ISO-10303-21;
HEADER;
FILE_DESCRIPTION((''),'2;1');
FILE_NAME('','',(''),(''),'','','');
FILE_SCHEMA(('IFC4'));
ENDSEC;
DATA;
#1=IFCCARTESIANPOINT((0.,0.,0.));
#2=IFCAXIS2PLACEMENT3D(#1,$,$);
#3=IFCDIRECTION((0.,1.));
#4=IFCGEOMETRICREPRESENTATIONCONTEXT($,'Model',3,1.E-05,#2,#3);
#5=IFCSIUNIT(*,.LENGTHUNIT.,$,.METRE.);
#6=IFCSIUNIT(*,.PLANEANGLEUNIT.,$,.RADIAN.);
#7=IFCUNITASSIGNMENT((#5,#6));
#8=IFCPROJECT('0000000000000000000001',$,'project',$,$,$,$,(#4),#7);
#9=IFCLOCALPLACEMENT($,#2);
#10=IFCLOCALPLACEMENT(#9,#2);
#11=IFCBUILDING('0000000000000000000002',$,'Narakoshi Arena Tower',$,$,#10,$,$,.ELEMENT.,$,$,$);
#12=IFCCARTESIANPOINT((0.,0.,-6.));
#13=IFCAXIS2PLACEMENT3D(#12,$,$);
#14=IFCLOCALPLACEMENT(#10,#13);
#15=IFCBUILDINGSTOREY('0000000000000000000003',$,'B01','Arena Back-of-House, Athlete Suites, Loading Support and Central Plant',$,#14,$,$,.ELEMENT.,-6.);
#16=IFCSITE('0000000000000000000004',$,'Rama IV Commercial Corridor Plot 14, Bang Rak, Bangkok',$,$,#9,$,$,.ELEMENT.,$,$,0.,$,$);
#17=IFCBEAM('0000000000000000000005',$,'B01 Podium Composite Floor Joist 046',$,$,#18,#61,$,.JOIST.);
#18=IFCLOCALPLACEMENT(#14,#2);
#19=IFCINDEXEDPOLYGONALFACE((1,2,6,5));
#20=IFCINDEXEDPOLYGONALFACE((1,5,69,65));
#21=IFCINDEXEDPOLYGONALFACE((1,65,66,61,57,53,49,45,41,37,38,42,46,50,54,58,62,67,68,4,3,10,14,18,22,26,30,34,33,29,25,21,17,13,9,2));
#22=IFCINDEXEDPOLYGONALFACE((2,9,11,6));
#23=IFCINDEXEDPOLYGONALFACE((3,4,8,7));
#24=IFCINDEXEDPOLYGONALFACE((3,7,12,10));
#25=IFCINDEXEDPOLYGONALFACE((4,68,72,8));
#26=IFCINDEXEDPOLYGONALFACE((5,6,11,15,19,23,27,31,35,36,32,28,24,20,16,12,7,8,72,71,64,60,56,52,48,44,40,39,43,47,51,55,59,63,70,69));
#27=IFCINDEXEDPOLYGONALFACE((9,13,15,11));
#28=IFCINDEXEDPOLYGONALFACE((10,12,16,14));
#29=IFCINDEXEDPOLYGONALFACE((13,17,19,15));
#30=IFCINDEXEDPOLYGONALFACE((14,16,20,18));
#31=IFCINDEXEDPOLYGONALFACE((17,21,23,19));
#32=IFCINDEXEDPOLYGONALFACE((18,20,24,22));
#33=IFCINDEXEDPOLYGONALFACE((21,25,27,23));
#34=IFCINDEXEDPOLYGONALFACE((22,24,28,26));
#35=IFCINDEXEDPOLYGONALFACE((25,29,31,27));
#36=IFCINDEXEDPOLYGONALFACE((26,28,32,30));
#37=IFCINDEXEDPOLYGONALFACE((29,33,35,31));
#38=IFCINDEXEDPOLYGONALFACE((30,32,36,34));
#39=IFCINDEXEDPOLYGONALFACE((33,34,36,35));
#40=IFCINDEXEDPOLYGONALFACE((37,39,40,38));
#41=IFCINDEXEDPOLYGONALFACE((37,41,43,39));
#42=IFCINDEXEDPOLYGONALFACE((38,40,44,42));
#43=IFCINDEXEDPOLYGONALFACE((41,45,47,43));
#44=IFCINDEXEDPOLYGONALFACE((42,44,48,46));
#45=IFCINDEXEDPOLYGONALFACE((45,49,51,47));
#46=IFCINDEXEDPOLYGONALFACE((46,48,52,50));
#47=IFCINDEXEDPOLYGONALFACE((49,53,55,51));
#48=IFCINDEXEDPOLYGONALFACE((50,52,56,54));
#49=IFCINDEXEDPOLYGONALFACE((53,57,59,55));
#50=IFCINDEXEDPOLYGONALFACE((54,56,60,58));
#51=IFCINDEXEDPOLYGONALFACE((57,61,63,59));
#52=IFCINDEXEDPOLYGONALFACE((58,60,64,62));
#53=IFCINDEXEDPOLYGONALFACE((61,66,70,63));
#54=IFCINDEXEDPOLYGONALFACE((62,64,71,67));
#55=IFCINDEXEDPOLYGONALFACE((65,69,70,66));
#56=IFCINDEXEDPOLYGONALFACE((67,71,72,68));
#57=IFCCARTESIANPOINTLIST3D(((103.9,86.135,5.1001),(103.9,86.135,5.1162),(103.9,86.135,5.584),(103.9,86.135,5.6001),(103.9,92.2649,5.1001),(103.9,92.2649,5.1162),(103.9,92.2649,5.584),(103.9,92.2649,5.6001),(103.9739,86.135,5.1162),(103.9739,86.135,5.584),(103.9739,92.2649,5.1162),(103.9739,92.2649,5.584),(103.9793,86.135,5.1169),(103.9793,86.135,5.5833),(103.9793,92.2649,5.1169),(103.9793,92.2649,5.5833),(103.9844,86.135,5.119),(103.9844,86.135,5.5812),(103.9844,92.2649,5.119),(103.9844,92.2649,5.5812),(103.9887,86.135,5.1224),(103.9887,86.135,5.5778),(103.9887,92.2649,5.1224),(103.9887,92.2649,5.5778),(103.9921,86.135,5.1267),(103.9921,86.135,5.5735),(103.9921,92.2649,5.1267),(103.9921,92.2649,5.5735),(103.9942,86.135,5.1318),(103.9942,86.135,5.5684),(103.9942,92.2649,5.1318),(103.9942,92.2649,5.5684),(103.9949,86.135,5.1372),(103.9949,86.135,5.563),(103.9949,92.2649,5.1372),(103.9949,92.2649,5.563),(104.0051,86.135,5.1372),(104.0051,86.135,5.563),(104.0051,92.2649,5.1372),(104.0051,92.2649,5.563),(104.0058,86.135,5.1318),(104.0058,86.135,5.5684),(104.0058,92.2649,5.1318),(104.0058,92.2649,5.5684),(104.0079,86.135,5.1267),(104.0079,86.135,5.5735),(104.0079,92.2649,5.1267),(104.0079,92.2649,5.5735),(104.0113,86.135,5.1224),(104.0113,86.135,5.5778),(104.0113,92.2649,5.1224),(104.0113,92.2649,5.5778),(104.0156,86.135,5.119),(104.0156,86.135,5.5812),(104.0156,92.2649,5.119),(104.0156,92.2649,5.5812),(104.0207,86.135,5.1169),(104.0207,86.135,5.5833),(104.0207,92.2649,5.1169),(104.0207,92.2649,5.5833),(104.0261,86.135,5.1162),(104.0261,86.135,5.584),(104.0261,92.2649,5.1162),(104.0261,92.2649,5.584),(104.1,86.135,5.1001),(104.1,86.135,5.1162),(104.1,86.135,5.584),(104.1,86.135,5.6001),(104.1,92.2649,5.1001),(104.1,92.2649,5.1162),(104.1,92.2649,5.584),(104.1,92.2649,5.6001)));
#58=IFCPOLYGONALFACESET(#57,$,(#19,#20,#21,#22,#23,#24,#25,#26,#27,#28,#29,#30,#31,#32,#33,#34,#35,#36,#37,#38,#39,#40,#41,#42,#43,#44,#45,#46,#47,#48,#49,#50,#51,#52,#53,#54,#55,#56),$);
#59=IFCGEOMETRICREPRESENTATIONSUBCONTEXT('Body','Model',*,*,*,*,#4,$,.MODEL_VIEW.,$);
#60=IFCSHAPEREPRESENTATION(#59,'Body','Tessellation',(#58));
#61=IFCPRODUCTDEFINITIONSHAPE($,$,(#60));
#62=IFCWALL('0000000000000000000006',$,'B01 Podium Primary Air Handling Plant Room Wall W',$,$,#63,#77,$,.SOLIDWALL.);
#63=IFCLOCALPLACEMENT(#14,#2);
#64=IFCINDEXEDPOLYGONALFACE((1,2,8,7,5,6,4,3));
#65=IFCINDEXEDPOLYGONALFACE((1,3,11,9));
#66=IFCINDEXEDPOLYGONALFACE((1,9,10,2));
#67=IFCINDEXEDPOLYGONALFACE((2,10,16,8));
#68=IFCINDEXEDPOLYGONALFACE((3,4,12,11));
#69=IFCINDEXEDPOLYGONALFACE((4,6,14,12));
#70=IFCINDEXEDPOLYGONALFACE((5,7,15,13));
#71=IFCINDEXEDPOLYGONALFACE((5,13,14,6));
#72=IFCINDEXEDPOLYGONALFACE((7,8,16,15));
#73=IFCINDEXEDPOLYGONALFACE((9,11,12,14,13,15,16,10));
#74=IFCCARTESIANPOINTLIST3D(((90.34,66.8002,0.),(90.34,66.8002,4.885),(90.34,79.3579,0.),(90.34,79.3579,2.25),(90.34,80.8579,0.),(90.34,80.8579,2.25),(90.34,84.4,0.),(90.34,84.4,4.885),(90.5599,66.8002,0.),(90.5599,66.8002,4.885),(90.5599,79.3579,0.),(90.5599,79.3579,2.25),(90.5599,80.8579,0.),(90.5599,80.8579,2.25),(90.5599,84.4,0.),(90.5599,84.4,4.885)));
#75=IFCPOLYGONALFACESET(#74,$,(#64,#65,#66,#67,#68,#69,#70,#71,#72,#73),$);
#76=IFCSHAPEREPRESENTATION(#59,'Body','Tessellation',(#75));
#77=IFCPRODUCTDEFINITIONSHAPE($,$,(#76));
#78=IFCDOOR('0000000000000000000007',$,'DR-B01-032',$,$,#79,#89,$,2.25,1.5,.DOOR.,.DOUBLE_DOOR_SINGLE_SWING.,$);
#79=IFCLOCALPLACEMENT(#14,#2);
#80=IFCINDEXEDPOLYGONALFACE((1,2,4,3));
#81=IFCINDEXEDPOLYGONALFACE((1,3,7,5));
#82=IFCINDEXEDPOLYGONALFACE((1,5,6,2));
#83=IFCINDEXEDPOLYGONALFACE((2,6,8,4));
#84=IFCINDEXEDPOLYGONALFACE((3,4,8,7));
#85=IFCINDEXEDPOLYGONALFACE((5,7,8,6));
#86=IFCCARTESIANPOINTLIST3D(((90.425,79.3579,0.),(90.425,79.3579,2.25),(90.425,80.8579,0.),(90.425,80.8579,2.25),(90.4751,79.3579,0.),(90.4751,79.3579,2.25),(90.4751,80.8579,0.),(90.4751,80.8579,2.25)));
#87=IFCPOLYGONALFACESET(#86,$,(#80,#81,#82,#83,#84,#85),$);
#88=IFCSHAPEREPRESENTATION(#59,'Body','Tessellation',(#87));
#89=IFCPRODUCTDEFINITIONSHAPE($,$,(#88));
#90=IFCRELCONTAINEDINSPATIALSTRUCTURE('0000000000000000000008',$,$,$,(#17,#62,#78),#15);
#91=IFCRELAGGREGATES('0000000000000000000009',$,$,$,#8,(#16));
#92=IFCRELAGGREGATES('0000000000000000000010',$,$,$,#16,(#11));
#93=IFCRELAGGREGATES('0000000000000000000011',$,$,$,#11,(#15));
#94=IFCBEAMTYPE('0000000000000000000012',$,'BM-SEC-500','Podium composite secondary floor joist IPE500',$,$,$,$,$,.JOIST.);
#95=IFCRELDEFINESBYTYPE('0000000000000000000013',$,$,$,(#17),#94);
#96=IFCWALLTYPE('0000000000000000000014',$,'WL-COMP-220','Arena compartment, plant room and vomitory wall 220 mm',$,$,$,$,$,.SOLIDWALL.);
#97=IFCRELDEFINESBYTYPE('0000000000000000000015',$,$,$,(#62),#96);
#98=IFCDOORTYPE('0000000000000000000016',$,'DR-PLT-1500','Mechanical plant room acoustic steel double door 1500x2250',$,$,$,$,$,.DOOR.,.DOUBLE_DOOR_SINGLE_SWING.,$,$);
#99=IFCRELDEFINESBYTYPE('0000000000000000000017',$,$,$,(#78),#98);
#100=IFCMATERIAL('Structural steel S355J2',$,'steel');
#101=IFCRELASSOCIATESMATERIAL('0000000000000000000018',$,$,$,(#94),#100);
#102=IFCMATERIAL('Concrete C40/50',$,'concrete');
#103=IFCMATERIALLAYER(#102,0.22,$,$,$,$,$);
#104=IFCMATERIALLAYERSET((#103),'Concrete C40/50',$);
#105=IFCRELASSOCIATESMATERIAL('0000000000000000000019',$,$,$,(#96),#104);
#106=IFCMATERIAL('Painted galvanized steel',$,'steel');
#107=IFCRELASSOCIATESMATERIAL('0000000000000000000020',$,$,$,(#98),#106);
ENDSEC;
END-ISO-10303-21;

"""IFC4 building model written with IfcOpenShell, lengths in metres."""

from ifc_helpers import new_model, si_unit, direction, frame, frame_2d, origin, origin_2d, place, context, subcontext, project, spatial, rectangle, i_section, extrude, material, layer, layer_set, material_profile, profile_set, type_object, element, fill, save


model = new_model("IFC4")

# Units and contexts
model_context = context("Model", 3, precision=1e-05, world=origin(), true_north=direction((0.0, 1.0)))
body_context = subcontext(model_context, "Body", "Model", "MODEL_VIEW")
ifc_project = project(units=[si_unit("LENGTHUNIT", "METRE"), si_unit("PLANEANGLEUNIT", "RADIAN")], contexts=[model_context])

# Site, building, storey
site_placement = place(None, origin())
site = spatial("IfcSite", under=ifc_project, at=site_placement, Name="Rama IV Commercial Corridor Plot 14, Bang Rak, Bangkok", CompositionType="ELEMENT", RefElevation=0.0)
building_placement = place(site_placement, origin())
building = spatial("IfcBuilding", under=site, at=building_placement, Name="Narakoshi Arena Tower", CompositionType="ELEMENT")
storey_placement = place(building_placement, frame((0.0, 0.0, -6.0)))
storey = spatial("IfcBuildingStorey", under=building, at=storey_placement, Name="B01", Description="Arena Back-of-House, Athlete Suites, Loading Support and Central Plant", CompositionType="ELEMENT", Elevation=-6.0)

# Shared definitions
ifc_material_1 = material(Name="Concrete C40/50", Category="concrete")

# Beam
ifc_material_2 = material(Name="Structural steel S355J2", Category="steel")
ifc_material_profile_1 = material_profile(ifc_material_2, i_section(OverallWidth=0.2, OverallDepth=0.5, WebThickness=0.0103, FlangeThickness=0.0161, FilletRadius=0.021, at=origin_2d()), Name="IPE500")
ifc_profile_set_1 = profile_set([ifc_material_profile_1], Name="Structural steel S355J2")
beam_type_1 = type_object("IfcBeamType", Name="BM-SEC-500", Description="Podium composite secondary floor joist IPE500", PredefinedType="JOIST", material=ifc_profile_set_1)
beam_1_placement = place(storey_placement, frame((104.0, 86.135, 5.3501), z_axis=(0.0, 1.0, 0.0), x_axis=(-1.0, 0.0, 0.0)))
element("IfcBeam", 1, at=beam_1_placement, inside=storey, type_object=beam_type_1, Name="B01 Podium Composite Floor Joist 046", PredefinedType="JOIST", context=body_context, shape_type="SweptSolid", body=[
    extrude(i_section(OverallWidth=0.2, OverallDepth=0.5, WebThickness=0.0103, FlangeThickness=0.0161, FilletRadius=0.021, at=origin_2d()), origin(), (0.0, 0.0, 1.0), 6.1299),
])

# Wall, opening, door
ifc_layer_1 = layer(ifc_material_1, 0.22)
ifc_layer_set_1 = layer_set([ifc_layer_1], Name="Concrete C40/50")
wall_type = type_object("IfcWallType", Name="WL-COMP-220", Description="Arena compartment, plant room and vomitory wall 220 mm", PredefinedType="SOLIDWALL", material=ifc_layer_set_1)
wall_placement = place(storey_placement, frame((90.45, 84.3999, 0.0), z_axis=(0.0, 0.0, 1.0), x_axis=(0.0, -1.0, 0.0)))
wall = element("IfcWall", 2, at=wall_placement, inside=storey, type_object=wall_type, Name="B01 Podium Primary Air Handling Plant Room Wall W", PredefinedType="SOLIDWALL", context=body_context, shape_type="SweptSolid", body=[
    extrude(rectangle(XDim=17.5999, YDim=0.22, at=frame_2d((8.7998, 0.0))), origin(), (0.0, 0.0, 1.0), 4.885),
])
opening_placement = place(wall_placement, frame((3.542, 0.0, 0.0)))
opening = element("IfcOpeningElement", 3, at=opening_placement, cuts=wall, PredefinedType="OPENING", context=body_context, shape_type="SweptSolid", body=[
    extrude(rectangle(XDim=1.5, YDim=2.25, at=frame_2d((0.75, 1.125))), frame((0.0, 0.1199, 0.0), z_axis=(0.0, -1.0, 0.0), x_axis=(1.0, 0.0, 0.0)), (0.0, 0.0, 1.0), 0.24),
])
ifc_material_3 = material(Name="Painted galvanized steel", Category="steel")
door_type = type_object("IfcDoorType", Name="DR-PLT-1500", Description="Mechanical plant room acoustic steel double door 1500x2250", OperationType="DOUBLE_DOOR_SINGLE_SWING", PredefinedType="DOOR", material=ifc_material_3)
door_placement = place(opening_placement, frame((1.5, 0.0, 0.0), z_axis=(0.0, 0.0, 1.0), x_axis=(-1.0, 0.0, 0.0)))
door = element("IfcDoor", 4, at=door_placement, inside=storey, type_object=door_type, Name="DR-B01-032", OperationType="DOUBLE_DOOR_SINGLE_SWING", OverallHeight=2.25, OverallWidth=1.5, PredefinedType="DOOR", context=body_context, shape_type="SweptSolid", body=[
    extrude(rectangle(XDim=1.5, YDim=2.25, at=frame_2d((0.75, 1.125))), frame((0.0, 0.0249, 0.0), z_axis=(0.0, -1.0, 0.0), x_axis=(1.0, 0.0, 0.0)), (0.0, 0.0, 1.0), 0.05),
])
fill(opening, door)

save(model, "model.ifc")
